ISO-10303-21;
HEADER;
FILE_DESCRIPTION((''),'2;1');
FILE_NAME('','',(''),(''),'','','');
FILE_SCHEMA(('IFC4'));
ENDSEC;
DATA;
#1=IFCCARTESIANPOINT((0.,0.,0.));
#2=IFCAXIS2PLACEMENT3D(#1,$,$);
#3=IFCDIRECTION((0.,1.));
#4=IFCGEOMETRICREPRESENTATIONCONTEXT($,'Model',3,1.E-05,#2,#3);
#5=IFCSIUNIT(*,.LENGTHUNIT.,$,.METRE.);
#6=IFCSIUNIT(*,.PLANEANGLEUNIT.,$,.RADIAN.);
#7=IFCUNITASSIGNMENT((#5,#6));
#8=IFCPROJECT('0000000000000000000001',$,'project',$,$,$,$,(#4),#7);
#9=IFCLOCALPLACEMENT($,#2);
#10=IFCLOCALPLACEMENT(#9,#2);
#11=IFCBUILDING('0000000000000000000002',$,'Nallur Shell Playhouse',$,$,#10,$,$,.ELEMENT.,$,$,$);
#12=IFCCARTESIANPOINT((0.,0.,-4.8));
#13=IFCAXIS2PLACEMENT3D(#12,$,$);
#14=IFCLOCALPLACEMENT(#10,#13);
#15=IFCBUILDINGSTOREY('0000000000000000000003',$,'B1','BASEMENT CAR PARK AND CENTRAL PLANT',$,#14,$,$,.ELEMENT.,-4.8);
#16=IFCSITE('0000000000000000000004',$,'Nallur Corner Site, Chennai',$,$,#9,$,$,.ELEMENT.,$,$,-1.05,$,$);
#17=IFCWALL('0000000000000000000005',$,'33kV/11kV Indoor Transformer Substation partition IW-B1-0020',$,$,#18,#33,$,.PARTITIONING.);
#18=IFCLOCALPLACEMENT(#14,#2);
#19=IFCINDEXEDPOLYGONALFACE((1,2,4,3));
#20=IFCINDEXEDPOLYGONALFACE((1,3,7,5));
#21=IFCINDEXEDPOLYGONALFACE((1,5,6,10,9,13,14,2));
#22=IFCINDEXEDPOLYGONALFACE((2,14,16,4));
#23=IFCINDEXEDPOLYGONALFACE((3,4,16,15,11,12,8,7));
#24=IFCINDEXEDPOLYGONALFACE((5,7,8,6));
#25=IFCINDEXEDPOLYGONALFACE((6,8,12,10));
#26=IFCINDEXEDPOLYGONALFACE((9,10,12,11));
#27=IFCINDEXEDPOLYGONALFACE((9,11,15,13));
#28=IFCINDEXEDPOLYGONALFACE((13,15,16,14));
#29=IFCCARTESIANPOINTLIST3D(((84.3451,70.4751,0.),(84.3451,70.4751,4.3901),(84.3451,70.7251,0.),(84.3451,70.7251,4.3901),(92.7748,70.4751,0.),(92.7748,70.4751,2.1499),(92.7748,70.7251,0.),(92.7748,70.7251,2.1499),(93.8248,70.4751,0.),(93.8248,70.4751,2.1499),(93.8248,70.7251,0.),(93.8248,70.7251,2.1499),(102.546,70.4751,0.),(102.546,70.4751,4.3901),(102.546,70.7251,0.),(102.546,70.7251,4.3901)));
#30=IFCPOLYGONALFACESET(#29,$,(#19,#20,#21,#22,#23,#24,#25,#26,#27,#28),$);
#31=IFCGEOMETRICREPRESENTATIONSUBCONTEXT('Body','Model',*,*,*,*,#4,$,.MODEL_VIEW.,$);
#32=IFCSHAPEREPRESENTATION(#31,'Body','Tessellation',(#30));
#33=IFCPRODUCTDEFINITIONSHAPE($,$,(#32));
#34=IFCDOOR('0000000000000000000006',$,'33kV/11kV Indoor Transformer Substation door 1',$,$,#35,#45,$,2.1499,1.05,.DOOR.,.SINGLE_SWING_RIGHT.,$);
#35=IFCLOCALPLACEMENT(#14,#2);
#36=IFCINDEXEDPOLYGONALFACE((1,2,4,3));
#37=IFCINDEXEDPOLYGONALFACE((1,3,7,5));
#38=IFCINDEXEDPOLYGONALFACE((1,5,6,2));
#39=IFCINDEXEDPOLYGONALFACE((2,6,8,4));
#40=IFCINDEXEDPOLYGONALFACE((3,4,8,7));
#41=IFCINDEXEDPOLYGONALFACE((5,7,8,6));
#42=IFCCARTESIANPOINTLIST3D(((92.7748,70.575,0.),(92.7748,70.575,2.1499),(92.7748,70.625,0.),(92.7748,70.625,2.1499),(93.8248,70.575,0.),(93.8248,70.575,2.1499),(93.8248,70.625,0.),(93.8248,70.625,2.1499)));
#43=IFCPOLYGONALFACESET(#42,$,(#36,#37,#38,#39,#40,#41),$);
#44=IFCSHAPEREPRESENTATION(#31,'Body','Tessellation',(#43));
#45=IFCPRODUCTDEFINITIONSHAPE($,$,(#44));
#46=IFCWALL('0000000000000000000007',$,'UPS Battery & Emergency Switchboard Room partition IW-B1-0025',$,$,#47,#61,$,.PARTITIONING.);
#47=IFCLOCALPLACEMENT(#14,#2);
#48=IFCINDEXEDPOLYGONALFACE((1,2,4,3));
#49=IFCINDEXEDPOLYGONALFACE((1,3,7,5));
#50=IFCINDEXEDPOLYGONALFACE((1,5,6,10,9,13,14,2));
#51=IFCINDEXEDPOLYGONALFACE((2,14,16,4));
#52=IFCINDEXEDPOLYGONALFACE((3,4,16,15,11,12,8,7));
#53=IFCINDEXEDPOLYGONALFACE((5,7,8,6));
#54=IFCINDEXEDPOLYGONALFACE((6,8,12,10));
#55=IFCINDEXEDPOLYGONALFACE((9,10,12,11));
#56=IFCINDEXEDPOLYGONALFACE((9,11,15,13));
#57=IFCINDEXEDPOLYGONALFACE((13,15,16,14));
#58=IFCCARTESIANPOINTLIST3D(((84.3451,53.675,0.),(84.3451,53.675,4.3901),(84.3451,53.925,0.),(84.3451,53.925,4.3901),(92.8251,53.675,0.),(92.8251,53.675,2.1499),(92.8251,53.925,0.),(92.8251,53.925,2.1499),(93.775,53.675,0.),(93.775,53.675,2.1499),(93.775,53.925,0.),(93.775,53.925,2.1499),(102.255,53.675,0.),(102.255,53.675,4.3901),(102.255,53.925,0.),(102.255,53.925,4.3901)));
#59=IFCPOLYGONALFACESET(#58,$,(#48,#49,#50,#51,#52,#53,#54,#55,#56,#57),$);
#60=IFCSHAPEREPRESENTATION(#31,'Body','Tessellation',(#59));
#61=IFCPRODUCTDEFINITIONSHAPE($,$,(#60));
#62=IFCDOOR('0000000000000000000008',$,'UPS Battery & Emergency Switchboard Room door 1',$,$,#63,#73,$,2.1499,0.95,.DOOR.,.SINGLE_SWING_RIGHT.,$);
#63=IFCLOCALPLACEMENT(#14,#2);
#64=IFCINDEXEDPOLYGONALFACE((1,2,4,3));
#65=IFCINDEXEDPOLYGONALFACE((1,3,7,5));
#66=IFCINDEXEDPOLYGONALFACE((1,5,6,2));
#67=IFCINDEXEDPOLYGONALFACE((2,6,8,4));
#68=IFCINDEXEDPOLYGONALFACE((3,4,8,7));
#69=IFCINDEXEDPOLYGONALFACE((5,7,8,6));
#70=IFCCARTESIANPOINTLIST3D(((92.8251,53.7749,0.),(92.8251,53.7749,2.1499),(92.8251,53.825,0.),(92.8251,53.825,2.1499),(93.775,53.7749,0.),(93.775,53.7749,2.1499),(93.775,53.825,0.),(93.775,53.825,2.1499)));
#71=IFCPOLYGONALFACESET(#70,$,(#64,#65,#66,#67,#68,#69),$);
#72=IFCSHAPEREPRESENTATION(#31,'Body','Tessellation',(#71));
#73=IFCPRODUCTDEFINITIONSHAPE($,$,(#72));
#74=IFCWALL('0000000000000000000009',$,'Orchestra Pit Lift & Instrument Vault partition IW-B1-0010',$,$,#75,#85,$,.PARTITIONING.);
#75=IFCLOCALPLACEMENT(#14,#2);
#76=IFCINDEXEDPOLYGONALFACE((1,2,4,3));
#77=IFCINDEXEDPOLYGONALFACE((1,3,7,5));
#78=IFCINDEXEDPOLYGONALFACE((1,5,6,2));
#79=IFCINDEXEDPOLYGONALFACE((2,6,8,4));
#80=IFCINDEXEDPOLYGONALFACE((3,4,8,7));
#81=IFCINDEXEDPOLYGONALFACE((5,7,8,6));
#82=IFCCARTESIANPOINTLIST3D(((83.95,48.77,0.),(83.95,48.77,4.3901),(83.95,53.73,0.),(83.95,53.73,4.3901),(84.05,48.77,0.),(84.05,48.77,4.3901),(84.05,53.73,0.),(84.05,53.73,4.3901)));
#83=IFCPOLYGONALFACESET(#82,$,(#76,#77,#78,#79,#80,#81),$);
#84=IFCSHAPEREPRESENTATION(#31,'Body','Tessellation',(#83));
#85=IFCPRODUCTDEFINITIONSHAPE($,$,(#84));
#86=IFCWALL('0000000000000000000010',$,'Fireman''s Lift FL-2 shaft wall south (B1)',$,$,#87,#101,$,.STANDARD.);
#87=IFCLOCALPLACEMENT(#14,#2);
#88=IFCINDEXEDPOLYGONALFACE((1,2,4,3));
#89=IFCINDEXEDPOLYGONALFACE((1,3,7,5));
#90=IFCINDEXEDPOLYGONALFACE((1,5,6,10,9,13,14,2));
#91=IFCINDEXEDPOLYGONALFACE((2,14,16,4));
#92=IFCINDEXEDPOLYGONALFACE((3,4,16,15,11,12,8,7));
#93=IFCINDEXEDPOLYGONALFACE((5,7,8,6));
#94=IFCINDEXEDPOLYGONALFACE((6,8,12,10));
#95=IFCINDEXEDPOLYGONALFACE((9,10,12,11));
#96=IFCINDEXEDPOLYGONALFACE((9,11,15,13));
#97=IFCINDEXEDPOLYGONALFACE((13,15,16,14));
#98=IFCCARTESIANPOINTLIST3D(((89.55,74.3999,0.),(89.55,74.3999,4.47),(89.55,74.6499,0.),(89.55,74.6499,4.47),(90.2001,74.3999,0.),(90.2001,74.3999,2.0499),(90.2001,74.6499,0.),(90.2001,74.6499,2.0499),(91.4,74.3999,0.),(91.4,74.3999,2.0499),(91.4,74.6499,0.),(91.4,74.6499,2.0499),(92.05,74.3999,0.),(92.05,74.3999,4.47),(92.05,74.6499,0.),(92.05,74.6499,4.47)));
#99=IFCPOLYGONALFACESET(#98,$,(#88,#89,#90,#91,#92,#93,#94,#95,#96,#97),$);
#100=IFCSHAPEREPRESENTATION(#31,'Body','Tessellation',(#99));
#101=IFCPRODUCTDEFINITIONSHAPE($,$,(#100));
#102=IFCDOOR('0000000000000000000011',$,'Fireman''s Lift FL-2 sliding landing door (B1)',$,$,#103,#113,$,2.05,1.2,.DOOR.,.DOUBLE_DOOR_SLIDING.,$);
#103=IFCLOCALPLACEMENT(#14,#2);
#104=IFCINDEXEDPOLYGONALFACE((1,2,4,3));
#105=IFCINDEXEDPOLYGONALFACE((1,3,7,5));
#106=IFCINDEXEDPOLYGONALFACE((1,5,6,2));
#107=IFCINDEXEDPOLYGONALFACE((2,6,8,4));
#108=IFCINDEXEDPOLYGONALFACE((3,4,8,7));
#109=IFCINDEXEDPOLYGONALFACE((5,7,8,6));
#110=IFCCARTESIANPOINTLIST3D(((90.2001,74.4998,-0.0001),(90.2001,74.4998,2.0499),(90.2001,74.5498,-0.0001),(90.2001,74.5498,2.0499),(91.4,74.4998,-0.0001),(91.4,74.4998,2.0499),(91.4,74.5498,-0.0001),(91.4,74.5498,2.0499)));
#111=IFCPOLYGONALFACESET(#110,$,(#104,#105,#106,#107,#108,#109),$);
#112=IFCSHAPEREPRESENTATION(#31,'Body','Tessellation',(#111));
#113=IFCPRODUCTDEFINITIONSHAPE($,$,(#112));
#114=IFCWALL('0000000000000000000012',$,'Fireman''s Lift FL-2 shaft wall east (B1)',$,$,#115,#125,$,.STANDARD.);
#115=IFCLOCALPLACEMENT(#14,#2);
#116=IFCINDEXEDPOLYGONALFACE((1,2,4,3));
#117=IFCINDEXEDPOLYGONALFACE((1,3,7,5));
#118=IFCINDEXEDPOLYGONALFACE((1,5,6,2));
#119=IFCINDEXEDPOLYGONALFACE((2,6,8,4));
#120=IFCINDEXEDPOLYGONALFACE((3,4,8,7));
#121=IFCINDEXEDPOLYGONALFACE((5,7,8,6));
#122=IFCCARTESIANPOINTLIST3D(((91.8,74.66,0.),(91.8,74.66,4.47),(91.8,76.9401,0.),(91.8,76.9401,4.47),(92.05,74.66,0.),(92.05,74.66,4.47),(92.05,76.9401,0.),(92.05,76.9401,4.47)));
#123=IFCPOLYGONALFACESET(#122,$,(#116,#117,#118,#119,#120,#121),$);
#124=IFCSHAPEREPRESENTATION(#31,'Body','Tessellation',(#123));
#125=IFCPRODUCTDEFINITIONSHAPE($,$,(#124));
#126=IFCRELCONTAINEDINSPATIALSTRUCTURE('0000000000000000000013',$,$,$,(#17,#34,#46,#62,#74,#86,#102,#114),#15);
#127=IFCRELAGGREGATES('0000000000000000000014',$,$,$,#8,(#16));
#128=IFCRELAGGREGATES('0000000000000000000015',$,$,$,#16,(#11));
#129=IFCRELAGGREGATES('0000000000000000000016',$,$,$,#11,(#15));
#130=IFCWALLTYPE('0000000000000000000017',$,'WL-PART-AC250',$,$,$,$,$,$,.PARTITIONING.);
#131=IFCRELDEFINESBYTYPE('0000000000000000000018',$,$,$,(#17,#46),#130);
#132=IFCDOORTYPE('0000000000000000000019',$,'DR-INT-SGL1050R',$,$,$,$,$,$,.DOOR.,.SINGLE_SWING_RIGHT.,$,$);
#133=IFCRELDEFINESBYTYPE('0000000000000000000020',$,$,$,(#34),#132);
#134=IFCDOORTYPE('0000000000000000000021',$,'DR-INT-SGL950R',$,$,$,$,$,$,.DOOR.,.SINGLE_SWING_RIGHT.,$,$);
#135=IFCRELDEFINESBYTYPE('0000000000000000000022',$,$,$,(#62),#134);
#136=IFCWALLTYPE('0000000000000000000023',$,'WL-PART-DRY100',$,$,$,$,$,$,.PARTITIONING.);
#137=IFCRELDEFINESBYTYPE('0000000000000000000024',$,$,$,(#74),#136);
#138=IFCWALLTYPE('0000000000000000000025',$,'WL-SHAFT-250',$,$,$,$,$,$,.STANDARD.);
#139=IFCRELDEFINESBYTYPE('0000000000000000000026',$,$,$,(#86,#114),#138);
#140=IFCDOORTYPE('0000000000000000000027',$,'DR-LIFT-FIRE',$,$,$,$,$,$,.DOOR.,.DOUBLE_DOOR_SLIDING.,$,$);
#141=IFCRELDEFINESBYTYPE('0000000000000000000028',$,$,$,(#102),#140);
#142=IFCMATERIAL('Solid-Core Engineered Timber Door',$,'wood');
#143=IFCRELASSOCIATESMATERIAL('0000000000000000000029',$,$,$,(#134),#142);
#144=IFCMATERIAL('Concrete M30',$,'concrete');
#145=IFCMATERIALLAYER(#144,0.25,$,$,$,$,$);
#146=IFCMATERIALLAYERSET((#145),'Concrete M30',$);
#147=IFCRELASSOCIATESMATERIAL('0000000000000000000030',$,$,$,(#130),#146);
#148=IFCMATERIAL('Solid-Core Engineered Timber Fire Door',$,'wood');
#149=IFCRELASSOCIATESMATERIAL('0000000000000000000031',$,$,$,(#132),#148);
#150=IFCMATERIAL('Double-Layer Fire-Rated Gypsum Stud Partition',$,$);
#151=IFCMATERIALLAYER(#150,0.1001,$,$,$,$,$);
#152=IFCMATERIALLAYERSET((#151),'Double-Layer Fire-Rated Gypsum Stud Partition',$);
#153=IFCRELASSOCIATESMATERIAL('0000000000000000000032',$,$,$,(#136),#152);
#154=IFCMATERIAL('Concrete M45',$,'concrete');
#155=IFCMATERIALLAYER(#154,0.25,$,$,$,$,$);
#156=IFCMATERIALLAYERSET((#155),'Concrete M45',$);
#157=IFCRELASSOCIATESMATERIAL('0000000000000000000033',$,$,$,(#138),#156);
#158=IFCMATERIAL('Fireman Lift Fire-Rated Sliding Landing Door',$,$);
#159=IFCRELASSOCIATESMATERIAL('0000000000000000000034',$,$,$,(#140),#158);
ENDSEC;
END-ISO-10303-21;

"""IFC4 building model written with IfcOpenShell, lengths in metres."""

from ifc_helpers import new_model, si_unit, direction, frame, frame_2d, origin, place, context, subcontext, project, spatial, rectangle, extrude, material, layer, layer_set, type_object, element, fill, save


model = new_model("IFC4")

# Units and contexts
model_context = context("Model", 3, precision=1e-05, world=origin(), true_north=direction((0.0, 1.0)))
body_context = subcontext(model_context, "Body", "Model", "MODEL_VIEW")
ifc_project = project(units=[si_unit("LENGTHUNIT", "METRE"), si_unit("PLANEANGLEUNIT", "RADIAN")], contexts=[model_context])

# Site, building, storey
site_placement = place(None, origin())
site = spatial("IfcSite", under=ifc_project, at=site_placement, Name="Nallur Corner Site, Chennai", CompositionType="ELEMENT", RefElevation=-1.05)
building_placement = place(site_placement, origin())
building = spatial("IfcBuilding", under=site, at=building_placement, Name="Nallur Shell Playhouse", CompositionType="ELEMENT")
storey_placement = place(building_placement, frame((0.0, 0.0, -4.8)))
storey = spatial("IfcBuildingStorey", under=building, at=storey_placement, Name="B1", Description="BASEMENT CAR PARK AND CENTRAL PLANT", CompositionType="ELEMENT", Elevation=-4.8)

# Shared definitions
ifc_material_1 = material(Name="Concrete M45", Category="concrete")

# Shared definitions
ifc_material_2 = material(Name="Concrete M30", Category="concrete")

# Shared definitions
ifc_material_3 = material(Name="Solid-Core Engineered Timber Door", Category="wood")
door_type_1 = type_object("IfcDoorType", Name="DR-INT-SGL950R", OperationType="SINGLE_SWING_RIGHT", PredefinedType="DOOR", material=ifc_material_3)

# Shared definitions
ifc_layer_1 = layer(ifc_material_2, 0.25)
ifc_layer_set_1 = layer_set([ifc_layer_1], Name="Concrete M30")
wall_type_1 = type_object("IfcWallType", Name="WL-PART-AC250", PredefinedType="PARTITIONING", material=ifc_layer_set_1)

# Walls, openings, doors
wall_1_placement = place(storey_placement, frame((84.345, 70.6001, 0.0), z_axis=(0.0, 0.0, 1.0), x_axis=(1.0, 0.0, 0.0)))
wall_1 = element("IfcWall", 1, at=wall_1_placement, inside=storey, type_object=wall_type_1, Name="33kV/11kV Indoor Transformer Substation partition IW-B1-0020", PredefinedType="PARTITIONING", context=body_context, shape_type="SweptSolid", body=[
    extrude(rectangle(XDim=18.2009, YDim=0.25, at=frame_2d((9.1006, 0.0))), origin(), (0.0, 0.0, 1.0), 4.3901),
])
opening_1_placement = place(wall_1_placement, frame((8.4299, 0.0, 0.0)))
opening_1 = element("IfcOpeningElement", 2, at=opening_1_placement, cuts=wall_1, PredefinedType="OPENING", context=body_context, shape_type="SweptSolid", body=[
    extrude(rectangle(XDim=1.05, YDim=2.1499, at=frame_2d((0.5249, 1.075))), frame((0.0, 0.135, 0.0), z_axis=(0.0, -1.0, 0.0), x_axis=(1.0, 0.0, 0.0)), (0.0, 0.0, 1.0), 0.27),
])
ifc_material_4 = material(Name="Solid-Core Engineered Timber Fire Door", Category="wood")
door_type_2 = type_object("IfcDoorType", Name="DR-INT-SGL1050R", OperationType="SINGLE_SWING_RIGHT", PredefinedType="DOOR", material=ifc_material_4)
door_1_placement = place(opening_1_placement, origin())
door_1 = element("IfcDoor", 3, at=door_1_placement, inside=storey, type_object=door_type_2, Name="33kV/11kV Indoor Transformer Substation door 1", OperationType="SINGLE_SWING_RIGHT", OverallHeight=2.1499, OverallWidth=1.05, PredefinedType="DOOR", context=body_context, shape_type="SweptSolid", body=[
    extrude(rectangle(XDim=1.05, YDim=2.1499, at=frame_2d((0.5249, 1.075))), frame((0.0, 0.0249, 0.0), z_axis=(0.0, -1.0, 0.0), x_axis=(1.0, 0.0, 0.0)), (0.0, 0.0, 1.0), 0.05),
])
fill(opening_1, door_1)
wall_2_placement = place(storey_placement, frame((84.345, 53.8, 0.0), z_axis=(0.0, 0.0, 1.0), x_axis=(1.0, 0.0, 0.0)))
wall_2 = element("IfcWall", 4, at=wall_2_placement, inside=storey, type_object=wall_type_1, Name="UPS Battery & Emergency Switchboard Room partition IW-B1-0025", PredefinedType="PARTITIONING", context=body_context, shape_type="SweptSolid", body=[
    extrude(rectangle(XDim=17.9099, YDim=0.25, at=frame_2d((8.9551, 0.0))), origin(), (0.0, 0.0, 1.0), 4.3901),
])
opening_2_placement = place(wall_2_placement, frame((8.48, 0.0, 0.0)))
opening_2 = element("IfcOpeningElement", 5, at=opening_2_placement, cuts=wall_2, PredefinedType="OPENING", context=body_context, shape_type="SweptSolid", body=[
    extrude(rectangle(XDim=0.95, YDim=2.1499, at=frame_2d((0.4751, 1.075))), frame((0.0, 0.135, 0.0), z_axis=(0.0, -1.0, 0.0), x_axis=(1.0, 0.0, 0.0)), (0.0, 0.0, 1.0), 0.27),
])
door_2_placement = place(opening_2_placement, origin())
door_2 = element("IfcDoor", 6, at=door_2_placement, inside=storey, type_object=door_type_1, Name="UPS Battery & Emergency Switchboard Room door 1", OperationType="SINGLE_SWING_RIGHT", OverallHeight=2.1499, OverallWidth=0.95, PredefinedType="DOOR", context=body_context, shape_type="SweptSolid", body=[
    extrude(rectangle(XDim=0.95, YDim=2.1499, at=frame_2d((0.4751, 1.075))), frame((0.0, 0.0249, 0.0), z_axis=(0.0, -1.0, 0.0), x_axis=(1.0, 0.0, 0.0)), (0.0, 0.0, 1.0), 0.05),
])
fill(opening_2, door_2)

# Wall
ifc_material_5 = material(Name="Double-Layer Fire-Rated Gypsum Stud Partition")
ifc_layer_2 = layer(ifc_material_5, 0.1001)
ifc_layer_set_2 = layer_set([ifc_layer_2], Name="Double-Layer Fire-Rated Gypsum Stud Partition")
wall_type_2 = type_object("IfcWallType", Name="WL-PART-DRY100", PredefinedType="PARTITIONING", material=ifc_layer_set_2)
wall_3_placement = place(storey_placement, frame((84.0, 53.73, 0.0), z_axis=(0.0, 0.0, 1.0), x_axis=(0.0, -1.0, 0.0)))
element("IfcWall", 7, at=wall_3_placement, inside=storey, type_object=wall_type_2, Name="Orchestra Pit Lift & Instrument Vault partition IW-B1-0010", PredefinedType="PARTITIONING", context=body_context, shape_type="SweptSolid", body=[
    extrude(rectangle(XDim=4.96, YDim=0.1001, at=frame_2d((2.48, 0.0))), origin(), (0.0, 0.0, 1.0), 4.3901),
])

# Wall, opening, door
ifc_layer_3 = layer(ifc_material_1, 0.25)
ifc_layer_set_3 = layer_set([ifc_layer_3], Name="Concrete M45")
wall_type_3 = type_object("IfcWallType", Name="WL-SHAFT-250", PredefinedType="STANDARD", material=ifc_layer_set_3)
wall_4_placement = place(storey_placement, frame((89.55, 74.5249, 0.0), z_axis=(0.0, 0.0, 1.0), x_axis=(1.0, 0.0, 0.0)))
wall_4 = element("IfcWall", 8, at=wall_4_placement, inside=storey, type_object=wall_type_3, Name="Fireman's Lift FL-2 shaft wall south (B1)", PredefinedType="STANDARD", context=body_context, shape_type="SweptSolid", body=[
    extrude(rectangle(XDim=2.5, YDim=0.25, at=frame_2d((1.25, 0.0))), origin(), (0.0, 0.0, 1.0), 4.47),
])
opening_3_placement = place(wall_4_placement, frame((0.6499, 0.0, 0.0)))
opening_3 = element("IfcOpeningElement", 9, at=opening_3_placement, cuts=wall_4, PredefinedType="OPENING", context=body_context, shape_type="SweptSolid", body=[
    extrude(rectangle(XDim=1.2, YDim=2.05, at=frame_2d((0.6001, 1.0249))), frame((0.0, 0.135, 0.0), z_axis=(0.0, -1.0, 0.0), x_axis=(1.0, 0.0, 0.0)), (0.0, 0.0, 1.0), 0.27),
])
ifc_material_6 = material(Name="Fireman Lift Fire-Rated Sliding Landing Door")
door_type_3 = type_object("IfcDoorType", Name="DR-LIFT-FIRE", OperationType="DOUBLE_DOOR_SLIDING", PredefinedType="DOOR", material=ifc_material_6)
door_3_placement = place(opening_3_placement, origin())
door_3 = element("IfcDoor", 10, at=door_3_placement, inside=storey, type_object=door_type_3, Name="Fireman's Lift FL-2 sliding landing door (B1)", OperationType="DOUBLE_DOOR_SLIDING", OverallHeight=2.05, OverallWidth=1.2, PredefinedType="DOOR", context=body_context, shape_type="SweptSolid", body=[
    extrude(rectangle(XDim=1.2, YDim=2.05, at=frame_2d((0.6001, 1.0249))), frame((0.0, 0.0249, 0.0), z_axis=(0.0, -1.0, 0.0), x_axis=(1.0, 0.0, 0.0)), (0.0, 0.0, 1.0), 0.05),
])
fill(opening_3, door_3)

# Wall
wall_5_placement = place(storey_placement, frame((91.925, 74.6599, 0.0), z_axis=(0.0, 0.0, 1.0), x_axis=(0.0, 1.0, 0.0)))
element("IfcWall", 11, at=wall_5_placement, inside=storey, type_object=wall_type_3, Name="Fireman's Lift FL-2 shaft wall east (B1)", PredefinedType="STANDARD", context=body_context, shape_type="SweptSolid", body=[
    extrude(rectangle(XDim=2.28, YDim=0.25, at=frame_2d((1.1401, 0.0))), origin(), (0.0, 0.0, 1.0), 4.47),
])

save(model, "model.ifc")
